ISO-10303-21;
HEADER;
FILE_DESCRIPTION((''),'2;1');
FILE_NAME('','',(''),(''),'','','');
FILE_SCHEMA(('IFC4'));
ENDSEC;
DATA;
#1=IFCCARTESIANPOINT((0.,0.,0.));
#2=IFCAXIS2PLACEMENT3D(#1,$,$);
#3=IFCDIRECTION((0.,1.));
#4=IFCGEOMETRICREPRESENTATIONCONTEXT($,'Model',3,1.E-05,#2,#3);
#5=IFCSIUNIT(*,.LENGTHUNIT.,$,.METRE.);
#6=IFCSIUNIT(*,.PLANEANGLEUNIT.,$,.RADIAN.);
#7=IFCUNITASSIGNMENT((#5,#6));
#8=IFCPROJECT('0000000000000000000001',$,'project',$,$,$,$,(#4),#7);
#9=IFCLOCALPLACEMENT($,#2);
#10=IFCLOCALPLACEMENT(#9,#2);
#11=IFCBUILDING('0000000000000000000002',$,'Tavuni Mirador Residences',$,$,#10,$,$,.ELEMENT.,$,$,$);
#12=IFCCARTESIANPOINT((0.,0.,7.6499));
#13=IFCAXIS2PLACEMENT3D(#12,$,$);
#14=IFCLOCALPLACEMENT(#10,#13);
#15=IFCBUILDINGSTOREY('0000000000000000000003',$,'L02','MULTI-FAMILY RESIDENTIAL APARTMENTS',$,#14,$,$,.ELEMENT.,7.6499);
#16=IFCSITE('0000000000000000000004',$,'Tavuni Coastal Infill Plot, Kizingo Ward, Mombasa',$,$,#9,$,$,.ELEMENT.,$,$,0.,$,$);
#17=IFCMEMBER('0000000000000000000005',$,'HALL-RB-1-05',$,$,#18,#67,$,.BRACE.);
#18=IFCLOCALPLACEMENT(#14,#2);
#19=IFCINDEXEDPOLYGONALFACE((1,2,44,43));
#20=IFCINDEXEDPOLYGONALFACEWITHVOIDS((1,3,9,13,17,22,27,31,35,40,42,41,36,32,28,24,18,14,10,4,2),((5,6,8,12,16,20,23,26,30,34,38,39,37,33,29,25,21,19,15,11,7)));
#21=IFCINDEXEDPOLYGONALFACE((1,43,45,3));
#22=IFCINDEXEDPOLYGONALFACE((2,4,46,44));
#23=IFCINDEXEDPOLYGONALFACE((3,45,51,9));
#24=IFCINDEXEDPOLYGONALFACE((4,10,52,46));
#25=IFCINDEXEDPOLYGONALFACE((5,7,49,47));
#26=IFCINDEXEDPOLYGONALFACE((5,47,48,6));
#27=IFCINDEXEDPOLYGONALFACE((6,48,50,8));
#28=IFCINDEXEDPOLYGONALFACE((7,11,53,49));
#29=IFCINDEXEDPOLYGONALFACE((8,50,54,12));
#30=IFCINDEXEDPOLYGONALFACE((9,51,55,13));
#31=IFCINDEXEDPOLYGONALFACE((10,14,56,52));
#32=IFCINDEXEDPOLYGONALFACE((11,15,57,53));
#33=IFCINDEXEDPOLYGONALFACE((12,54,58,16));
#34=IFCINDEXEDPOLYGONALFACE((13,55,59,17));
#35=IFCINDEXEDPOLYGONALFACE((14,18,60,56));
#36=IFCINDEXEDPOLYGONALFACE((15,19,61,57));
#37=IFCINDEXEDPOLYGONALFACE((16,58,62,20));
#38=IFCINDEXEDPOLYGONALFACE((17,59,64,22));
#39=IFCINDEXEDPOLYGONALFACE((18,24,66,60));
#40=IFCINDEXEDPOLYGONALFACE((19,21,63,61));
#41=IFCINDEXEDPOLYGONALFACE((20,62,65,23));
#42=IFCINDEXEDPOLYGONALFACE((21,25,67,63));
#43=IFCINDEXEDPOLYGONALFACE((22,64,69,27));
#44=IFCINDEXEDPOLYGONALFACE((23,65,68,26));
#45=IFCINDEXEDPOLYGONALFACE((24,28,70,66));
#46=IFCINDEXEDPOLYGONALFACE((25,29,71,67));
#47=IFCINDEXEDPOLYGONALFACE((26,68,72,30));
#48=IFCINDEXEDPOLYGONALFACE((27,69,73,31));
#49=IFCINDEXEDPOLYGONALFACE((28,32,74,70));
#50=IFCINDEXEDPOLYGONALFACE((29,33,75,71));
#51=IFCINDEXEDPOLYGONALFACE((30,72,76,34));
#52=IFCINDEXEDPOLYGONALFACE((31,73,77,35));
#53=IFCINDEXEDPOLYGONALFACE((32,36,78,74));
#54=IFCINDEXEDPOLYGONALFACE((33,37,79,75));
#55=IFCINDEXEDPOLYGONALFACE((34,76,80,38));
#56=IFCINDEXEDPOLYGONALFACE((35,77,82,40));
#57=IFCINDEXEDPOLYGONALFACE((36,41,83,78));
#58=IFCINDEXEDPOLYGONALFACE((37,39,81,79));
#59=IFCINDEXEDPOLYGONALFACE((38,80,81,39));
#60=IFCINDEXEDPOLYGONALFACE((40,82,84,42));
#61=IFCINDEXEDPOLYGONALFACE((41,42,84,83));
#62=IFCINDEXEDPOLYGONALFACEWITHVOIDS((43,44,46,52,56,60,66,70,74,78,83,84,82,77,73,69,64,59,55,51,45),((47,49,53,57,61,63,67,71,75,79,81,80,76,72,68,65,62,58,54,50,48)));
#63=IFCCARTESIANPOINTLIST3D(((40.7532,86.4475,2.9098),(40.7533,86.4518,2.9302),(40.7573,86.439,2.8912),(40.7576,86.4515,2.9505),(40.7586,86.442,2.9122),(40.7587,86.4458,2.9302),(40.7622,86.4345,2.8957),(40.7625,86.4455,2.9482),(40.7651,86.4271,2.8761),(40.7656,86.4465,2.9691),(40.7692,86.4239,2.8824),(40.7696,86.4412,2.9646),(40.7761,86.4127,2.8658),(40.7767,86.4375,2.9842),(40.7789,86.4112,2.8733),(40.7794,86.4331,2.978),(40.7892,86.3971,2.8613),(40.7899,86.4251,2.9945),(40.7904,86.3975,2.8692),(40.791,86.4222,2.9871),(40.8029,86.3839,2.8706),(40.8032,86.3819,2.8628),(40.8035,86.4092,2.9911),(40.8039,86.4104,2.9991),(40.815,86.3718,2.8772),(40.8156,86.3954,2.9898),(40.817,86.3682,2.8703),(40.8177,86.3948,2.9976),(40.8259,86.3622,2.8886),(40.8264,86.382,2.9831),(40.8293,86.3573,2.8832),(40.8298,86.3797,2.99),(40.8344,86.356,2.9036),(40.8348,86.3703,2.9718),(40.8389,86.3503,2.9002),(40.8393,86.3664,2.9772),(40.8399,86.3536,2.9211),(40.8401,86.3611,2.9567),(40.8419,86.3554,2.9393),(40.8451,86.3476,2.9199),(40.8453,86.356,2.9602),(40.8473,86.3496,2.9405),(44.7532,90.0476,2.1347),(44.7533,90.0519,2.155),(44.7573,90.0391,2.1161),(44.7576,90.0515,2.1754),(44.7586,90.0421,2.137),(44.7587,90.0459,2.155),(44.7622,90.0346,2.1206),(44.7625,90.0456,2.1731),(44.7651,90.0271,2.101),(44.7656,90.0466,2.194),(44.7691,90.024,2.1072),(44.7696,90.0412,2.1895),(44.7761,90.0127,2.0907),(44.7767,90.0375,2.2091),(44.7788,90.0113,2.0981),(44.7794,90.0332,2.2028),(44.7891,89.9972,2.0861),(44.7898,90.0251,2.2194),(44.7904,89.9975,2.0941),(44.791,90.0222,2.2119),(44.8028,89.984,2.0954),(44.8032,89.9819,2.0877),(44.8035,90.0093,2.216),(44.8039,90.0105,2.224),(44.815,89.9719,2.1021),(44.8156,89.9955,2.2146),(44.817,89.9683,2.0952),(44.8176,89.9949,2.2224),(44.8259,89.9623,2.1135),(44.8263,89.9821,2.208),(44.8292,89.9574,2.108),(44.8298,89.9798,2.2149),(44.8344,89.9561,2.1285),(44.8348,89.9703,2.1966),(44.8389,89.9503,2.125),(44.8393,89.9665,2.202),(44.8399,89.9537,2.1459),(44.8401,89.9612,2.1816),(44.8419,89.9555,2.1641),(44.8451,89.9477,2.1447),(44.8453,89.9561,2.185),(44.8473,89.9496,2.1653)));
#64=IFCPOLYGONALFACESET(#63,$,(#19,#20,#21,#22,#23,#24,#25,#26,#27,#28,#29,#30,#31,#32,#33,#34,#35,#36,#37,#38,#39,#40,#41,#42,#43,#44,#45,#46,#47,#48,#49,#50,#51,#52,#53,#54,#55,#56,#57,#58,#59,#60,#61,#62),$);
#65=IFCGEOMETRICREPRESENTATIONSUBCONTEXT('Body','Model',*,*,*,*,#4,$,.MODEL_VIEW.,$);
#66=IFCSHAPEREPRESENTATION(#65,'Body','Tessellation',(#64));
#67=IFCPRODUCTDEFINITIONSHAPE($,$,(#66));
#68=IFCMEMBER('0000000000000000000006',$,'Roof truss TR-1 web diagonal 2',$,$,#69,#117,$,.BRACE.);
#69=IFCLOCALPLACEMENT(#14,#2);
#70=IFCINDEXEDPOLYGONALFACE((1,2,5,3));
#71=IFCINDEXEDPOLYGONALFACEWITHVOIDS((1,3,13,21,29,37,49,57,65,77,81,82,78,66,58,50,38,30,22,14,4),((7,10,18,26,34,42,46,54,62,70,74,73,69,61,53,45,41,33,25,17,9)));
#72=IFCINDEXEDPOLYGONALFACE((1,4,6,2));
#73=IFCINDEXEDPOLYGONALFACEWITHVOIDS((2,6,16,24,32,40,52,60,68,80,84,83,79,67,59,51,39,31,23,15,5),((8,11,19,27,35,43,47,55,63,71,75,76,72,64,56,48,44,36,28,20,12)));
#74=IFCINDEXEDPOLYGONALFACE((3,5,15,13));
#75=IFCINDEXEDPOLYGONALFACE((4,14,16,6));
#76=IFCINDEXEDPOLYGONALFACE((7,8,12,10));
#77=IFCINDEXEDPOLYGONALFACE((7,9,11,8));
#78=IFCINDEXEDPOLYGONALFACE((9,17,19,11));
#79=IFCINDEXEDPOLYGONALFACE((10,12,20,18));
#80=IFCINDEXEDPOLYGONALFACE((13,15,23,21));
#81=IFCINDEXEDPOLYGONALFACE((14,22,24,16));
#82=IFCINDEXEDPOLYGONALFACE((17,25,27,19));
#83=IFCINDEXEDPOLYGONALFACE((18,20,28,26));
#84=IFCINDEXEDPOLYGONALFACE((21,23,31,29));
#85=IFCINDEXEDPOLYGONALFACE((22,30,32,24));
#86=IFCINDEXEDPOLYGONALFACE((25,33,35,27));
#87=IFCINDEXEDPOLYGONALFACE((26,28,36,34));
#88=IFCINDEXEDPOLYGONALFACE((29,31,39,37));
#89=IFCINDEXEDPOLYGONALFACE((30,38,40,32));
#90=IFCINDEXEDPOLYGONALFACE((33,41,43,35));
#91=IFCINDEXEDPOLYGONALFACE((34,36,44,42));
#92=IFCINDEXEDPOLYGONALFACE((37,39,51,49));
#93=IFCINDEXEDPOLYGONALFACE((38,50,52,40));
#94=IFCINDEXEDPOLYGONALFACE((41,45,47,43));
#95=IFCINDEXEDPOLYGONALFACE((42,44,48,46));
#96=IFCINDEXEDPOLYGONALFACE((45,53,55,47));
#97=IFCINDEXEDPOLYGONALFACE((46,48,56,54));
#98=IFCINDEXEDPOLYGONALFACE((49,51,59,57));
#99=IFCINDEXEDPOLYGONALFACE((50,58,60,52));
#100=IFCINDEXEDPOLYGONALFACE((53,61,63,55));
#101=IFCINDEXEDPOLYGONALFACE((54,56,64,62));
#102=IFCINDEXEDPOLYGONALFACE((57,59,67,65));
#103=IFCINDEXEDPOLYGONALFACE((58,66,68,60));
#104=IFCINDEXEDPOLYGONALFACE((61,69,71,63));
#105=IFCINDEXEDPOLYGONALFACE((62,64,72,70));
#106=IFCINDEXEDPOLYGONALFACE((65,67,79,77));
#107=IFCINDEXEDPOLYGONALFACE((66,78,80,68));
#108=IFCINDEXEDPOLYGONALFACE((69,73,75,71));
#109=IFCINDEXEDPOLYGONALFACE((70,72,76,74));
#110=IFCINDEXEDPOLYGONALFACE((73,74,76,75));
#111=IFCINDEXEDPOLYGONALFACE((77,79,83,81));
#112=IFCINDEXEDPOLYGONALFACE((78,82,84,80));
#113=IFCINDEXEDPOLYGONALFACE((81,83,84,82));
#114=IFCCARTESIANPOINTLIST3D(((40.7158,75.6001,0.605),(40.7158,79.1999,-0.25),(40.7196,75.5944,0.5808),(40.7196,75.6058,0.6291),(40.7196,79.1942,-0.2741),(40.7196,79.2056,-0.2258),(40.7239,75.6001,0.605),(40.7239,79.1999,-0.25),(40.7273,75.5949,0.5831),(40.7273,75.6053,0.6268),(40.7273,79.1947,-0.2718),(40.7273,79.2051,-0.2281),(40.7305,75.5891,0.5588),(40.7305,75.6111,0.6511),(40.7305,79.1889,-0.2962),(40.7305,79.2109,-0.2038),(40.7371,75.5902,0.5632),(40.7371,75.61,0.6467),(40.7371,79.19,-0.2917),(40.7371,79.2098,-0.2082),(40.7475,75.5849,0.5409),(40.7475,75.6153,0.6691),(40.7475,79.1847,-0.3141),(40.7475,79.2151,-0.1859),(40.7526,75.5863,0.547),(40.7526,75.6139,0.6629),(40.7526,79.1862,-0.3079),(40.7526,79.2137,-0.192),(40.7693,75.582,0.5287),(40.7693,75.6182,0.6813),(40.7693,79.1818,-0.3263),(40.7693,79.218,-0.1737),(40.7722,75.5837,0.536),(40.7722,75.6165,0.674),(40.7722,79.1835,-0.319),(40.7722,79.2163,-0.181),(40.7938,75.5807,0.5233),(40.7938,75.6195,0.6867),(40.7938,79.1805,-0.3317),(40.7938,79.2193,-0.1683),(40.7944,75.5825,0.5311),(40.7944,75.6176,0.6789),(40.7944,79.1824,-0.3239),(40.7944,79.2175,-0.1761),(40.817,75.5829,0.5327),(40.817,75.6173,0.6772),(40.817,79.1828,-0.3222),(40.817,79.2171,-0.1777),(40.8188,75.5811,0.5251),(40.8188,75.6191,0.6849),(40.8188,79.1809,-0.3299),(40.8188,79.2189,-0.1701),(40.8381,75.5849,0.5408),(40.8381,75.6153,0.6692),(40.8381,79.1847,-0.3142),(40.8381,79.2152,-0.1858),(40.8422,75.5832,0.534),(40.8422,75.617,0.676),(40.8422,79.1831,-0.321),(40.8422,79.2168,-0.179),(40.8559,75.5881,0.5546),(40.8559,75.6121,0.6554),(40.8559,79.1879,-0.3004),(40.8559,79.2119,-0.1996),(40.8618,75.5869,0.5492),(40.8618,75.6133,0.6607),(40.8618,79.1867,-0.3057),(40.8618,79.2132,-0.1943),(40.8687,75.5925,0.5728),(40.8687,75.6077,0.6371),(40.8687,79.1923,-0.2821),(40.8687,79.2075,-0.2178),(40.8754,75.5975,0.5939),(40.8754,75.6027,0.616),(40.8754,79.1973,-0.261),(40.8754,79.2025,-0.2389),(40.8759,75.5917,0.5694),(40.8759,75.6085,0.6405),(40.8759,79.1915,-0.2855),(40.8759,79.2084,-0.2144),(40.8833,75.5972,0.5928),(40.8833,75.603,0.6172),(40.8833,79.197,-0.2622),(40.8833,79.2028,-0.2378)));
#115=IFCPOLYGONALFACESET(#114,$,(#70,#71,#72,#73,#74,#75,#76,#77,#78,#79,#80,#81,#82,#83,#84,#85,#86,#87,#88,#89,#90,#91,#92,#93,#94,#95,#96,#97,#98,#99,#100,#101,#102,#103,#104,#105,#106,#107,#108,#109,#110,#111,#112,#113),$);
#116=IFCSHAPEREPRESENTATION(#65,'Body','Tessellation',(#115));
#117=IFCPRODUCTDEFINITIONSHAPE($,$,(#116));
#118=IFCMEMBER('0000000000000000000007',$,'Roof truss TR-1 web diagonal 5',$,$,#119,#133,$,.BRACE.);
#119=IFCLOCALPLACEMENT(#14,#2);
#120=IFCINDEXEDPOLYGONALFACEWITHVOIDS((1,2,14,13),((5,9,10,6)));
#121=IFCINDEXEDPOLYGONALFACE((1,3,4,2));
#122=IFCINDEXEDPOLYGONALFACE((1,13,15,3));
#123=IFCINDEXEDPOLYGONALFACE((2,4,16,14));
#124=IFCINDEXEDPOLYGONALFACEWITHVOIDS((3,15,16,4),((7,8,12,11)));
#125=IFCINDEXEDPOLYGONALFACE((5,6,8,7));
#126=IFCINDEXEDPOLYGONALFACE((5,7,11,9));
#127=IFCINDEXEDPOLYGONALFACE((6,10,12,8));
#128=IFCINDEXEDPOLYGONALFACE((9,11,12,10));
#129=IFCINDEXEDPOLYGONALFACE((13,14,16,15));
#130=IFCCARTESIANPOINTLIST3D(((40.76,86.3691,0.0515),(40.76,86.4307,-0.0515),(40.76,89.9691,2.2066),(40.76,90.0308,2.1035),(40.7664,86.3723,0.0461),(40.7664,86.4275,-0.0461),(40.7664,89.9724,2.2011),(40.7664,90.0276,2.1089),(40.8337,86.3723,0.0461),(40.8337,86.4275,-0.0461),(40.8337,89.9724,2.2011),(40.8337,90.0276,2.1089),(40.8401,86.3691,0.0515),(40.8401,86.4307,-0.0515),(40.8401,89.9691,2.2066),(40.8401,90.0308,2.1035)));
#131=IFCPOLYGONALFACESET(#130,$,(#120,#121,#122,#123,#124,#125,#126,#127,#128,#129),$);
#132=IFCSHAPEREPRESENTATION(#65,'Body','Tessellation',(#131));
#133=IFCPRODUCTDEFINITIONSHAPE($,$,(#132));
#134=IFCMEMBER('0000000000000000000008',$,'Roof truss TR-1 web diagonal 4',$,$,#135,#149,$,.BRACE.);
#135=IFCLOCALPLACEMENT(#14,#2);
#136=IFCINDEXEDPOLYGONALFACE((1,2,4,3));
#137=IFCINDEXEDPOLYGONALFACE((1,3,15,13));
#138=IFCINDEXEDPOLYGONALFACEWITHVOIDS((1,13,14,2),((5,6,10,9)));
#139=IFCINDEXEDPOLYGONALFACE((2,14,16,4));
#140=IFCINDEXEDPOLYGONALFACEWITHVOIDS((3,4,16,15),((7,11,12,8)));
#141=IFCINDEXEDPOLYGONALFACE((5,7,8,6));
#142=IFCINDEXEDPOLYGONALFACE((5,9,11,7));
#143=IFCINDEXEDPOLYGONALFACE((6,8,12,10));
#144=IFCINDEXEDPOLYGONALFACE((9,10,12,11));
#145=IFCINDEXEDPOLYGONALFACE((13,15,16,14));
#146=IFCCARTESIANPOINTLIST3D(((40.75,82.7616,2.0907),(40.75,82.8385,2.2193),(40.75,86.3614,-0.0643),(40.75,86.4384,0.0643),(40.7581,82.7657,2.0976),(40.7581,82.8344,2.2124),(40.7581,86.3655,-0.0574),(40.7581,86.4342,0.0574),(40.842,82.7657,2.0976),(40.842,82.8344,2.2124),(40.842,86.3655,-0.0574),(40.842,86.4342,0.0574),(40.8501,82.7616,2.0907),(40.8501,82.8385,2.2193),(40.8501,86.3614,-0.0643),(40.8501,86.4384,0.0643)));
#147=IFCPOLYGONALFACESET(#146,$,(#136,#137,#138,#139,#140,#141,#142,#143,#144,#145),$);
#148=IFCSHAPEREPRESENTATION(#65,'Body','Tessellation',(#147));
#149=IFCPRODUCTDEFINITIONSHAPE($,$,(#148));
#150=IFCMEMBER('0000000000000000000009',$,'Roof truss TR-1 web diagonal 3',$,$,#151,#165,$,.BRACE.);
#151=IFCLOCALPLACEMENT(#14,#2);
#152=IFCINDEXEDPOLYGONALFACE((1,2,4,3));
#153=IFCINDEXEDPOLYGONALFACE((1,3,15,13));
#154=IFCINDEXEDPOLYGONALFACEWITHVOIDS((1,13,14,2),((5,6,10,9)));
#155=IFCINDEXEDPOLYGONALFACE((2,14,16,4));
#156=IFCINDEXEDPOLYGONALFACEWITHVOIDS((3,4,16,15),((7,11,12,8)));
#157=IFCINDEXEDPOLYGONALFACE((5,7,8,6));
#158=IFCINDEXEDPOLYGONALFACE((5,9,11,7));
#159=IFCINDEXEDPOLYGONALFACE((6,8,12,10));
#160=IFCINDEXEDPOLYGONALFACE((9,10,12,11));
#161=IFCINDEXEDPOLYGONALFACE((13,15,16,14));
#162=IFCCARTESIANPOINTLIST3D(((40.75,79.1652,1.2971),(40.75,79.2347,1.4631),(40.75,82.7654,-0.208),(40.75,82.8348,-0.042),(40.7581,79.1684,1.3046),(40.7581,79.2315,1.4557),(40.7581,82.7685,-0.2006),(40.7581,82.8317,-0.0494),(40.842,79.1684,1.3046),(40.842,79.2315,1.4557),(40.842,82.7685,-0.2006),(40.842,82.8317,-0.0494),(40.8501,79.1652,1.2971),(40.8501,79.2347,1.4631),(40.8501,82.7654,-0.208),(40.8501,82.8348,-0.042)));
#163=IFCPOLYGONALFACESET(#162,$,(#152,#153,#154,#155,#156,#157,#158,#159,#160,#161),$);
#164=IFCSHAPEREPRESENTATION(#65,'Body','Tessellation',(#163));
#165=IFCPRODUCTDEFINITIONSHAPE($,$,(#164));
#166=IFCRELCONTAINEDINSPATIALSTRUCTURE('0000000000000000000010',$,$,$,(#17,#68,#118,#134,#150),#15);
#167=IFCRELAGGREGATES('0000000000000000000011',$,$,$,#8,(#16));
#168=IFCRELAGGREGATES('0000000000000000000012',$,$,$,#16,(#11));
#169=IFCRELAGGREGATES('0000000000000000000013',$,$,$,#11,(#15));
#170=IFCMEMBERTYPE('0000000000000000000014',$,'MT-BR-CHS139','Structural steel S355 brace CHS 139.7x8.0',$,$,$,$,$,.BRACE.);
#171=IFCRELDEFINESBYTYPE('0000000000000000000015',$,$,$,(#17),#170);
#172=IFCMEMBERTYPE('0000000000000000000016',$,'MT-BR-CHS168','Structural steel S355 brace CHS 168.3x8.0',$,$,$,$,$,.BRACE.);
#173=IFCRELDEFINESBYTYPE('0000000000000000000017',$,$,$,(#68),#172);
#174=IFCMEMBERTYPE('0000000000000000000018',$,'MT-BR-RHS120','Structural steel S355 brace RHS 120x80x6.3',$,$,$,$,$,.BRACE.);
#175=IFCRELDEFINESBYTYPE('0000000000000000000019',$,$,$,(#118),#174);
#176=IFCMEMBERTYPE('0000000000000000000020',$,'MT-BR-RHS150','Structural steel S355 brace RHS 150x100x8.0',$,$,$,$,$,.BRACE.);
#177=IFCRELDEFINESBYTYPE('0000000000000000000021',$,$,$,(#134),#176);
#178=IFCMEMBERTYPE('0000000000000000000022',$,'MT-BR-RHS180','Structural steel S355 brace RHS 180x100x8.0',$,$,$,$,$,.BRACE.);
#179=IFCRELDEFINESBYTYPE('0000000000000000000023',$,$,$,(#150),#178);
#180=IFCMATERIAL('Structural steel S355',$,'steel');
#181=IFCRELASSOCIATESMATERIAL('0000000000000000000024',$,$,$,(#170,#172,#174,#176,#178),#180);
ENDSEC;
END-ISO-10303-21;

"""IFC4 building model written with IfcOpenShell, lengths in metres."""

from ifc_helpers import new_model, si_unit, direction, frame, origin, origin_2d, place, context, subcontext, project, spatial, hollow_rectangle, hollow_circle, extrude, material, material_profile, profile_set, type_object, element, save


model = new_model("IFC4")

# Units and contexts
model_context = context("Model", 3, precision=1e-05, world=origin(), true_north=direction((0.0, 1.0)))
body_context = subcontext(model_context, "Body", "Model", "MODEL_VIEW")
ifc_project = project(units=[si_unit("LENGTHUNIT", "METRE"), si_unit("PLANEANGLEUNIT", "RADIAN")], contexts=[model_context])

# Site, building, storey
site_placement = place(None, origin())
site = spatial("IfcSite", under=ifc_project, at=site_placement, Name="Tavuni Coastal Infill Plot, Kizingo Ward, Mombasa", CompositionType="ELEMENT", RefElevation=0.0)
building_placement = place(site_placement, origin())
building = spatial("IfcBuilding", under=site, at=building_placement, Name="Tavuni Mirador Residences", CompositionType="ELEMENT")
storey_placement = place(building_placement, frame((0.0, 0.0, 7.6499)))
storey = spatial("IfcBuildingStorey", under=building, at=storey_placement, Name="L02", Description="MULTI-FAMILY RESIDENTIAL APARTMENTS", CompositionType="ELEMENT", Elevation=7.6499)

# Members
ifc_material_1 = material(Name="Structural steel S355", Category="steel")
ifc_material_profile_1 = material_profile(ifc_material_1, hollow_circle(Radius=0.0698, WallThickness=0.0081, at=origin_2d()), Name="CHS 139.7x8.0", Category="steel")
ifc_profile_set_1 = profile_set([ifc_material_profile_1], Name="Structural steel S355")
member_type_1 = type_object("IfcMemberType", Name="MT-BR-CHS139", Description="Structural steel S355 brace CHS 139.7x8.0", PredefinedType="BRACE", material=ifc_profile_set_1)
for number, where, z_axis, x_axis, name in (
    (1, (40.8, 86.3999, 2.9302), (0.735693, 0.662141, -0.142567), (-0.668975, 0.743285, 0.0), "HALL-RB-1-05"),
):
    element("IfcMember", number, at=place(storey_placement, frame(where, z_axis=z_axis, x_axis=x_axis)), inside=storey, type_object=member_type_1, Name=name, PredefinedType="BRACE", context=body_context, shape_type="SweptSolid", body=[
        extrude(hollow_circle(Radius=0.0698, WallThickness=0.0081, at=origin_2d()), origin(), (0.0, 0.0, 1.0), 5.437),
    ])
ifc_material_profile_2 = material_profile(ifc_material_1, hollow_circle(Radius=0.0842, WallThickness=0.0081, at=origin_2d()), Name="CHS 168.3x8.0", Category="steel")
ifc_profile_set_2 = profile_set([ifc_material_profile_2], Name="Structural steel S355")
member_type_2 = type_object("IfcMemberType", Name="MT-BR-CHS168", Description="Structural steel S355 brace CHS 168.3x8.0", PredefinedType="BRACE", material=ifc_profile_set_2)
member_1_placement = place(storey_placement, frame((40.8, 75.6001, 0.605), z_axis=(0.0, 0.972936, -0.231076), x_axis=(-1.0, 0.0, 0.0)))
element("IfcMember", 2, at=member_1_placement, inside=storey, type_object=member_type_2, Name="Roof truss TR-1 web diagonal 2", PredefinedType="BRACE", context=body_context, shape_type="SweptSolid", body=[
    extrude(hollow_circle(Radius=0.0842, WallThickness=0.0081, at=origin_2d()), origin(), (0.0, 0.0, 1.0), 3.7),
])
ifc_material_profile_3 = material_profile(ifc_material_1, hollow_rectangle(XDim=0.0801, YDim=0.1201, WallThickness=0.0063, at=origin_2d()), Name="RHS 120x80x6.3", Category="steel")
ifc_profile_set_3 = profile_set([ifc_material_profile_3], Name="Structural steel S355")
member_type_3 = type_object("IfcMemberType", Name="MT-BR-RHS120", Description="Structural steel S355 brace RHS 120x80x6.3", PredefinedType="BRACE", material=ifc_profile_set_3)
member_2_placement = place(storey_placement, frame((40.8, 86.3999, 0.0), z_axis=(0.0, 0.858021, 0.513614), x_axis=(-1.0, 0.0, 0.0)))
element("IfcMember", 3, at=member_2_placement, inside=storey, type_object=member_type_3, Name="Roof truss TR-1 web diagonal 5", PredefinedType="BRACE", context=body_context, shape_type="SweptSolid", body=[
    extrude(hollow_rectangle(XDim=0.0801, YDim=0.1201, WallThickness=0.0063, at=origin_2d()), origin(), (0.0, 0.0, 1.0), 4.1958),
])
ifc_material_profile_4 = material_profile(ifc_material_1, hollow_rectangle(XDim=0.1001, YDim=0.1499, WallThickness=0.0081, at=origin_2d()), Name="RHS 150x100x8.0", Category="steel")
ifc_profile_set_4 = profile_set([ifc_material_profile_4], Name="Structural steel S355")
member_type_4 = type_object("IfcMemberType", Name="MT-BR-RHS150", Description="Structural steel S355 brace RHS 150x100x8.0", PredefinedType="BRACE", material=ifc_profile_set_4)
member_3_placement = place(storey_placement, frame((40.8, 82.8, 2.155), z_axis=(0.0, 0.858006, -0.51364), x_axis=(-1.0, 0.0, 0.0)))
element("IfcMember", 4, at=member_3_placement, inside=storey, type_object=member_type_4, Name="Roof truss TR-1 web diagonal 4", PredefinedType="BRACE", context=body_context, shape_type="SweptSolid", body=[
    extrude(hollow_rectangle(XDim=0.1001, YDim=0.1499, WallThickness=0.0081, at=origin_2d()), origin(), (0.0, 0.0, 1.0), 4.1956),
])
ifc_material_profile_5 = material_profile(ifc_material_1, hollow_rectangle(XDim=0.1001, YDim=0.1799, WallThickness=0.0081, at=origin_2d()), Name="RHS 180x100x8.0", Category="steel")
ifc_profile_set_5 = profile_set([ifc_material_profile_5], Name="Structural steel S355")
member_type_5 = type_object("IfcMemberType", Name="MT-BR-RHS180", Description="Structural steel S355 brace RHS 180x100x8.0", PredefinedType="BRACE", material=ifc_profile_set_5)
member_4_placement = place(storey_placement, frame((40.8, 79.2, 1.3801), z_axis=(0.0, 0.922613, -0.385726), x_axis=(-1.0, 0.0, 0.0)))
element("IfcMember", 5, at=member_4_placement, inside=storey, type_object=member_type_5, Name="Roof truss TR-1 web diagonal 3", PredefinedType="BRACE", context=body_context, shape_type="SweptSolid", body=[
    extrude(hollow_rectangle(XDim=0.1001, YDim=0.1799, WallThickness=0.0081, at=origin_2d()), origin(), (0.0, 0.0, 1.0), 3.9021),
])

save(model, "model.ifc")
